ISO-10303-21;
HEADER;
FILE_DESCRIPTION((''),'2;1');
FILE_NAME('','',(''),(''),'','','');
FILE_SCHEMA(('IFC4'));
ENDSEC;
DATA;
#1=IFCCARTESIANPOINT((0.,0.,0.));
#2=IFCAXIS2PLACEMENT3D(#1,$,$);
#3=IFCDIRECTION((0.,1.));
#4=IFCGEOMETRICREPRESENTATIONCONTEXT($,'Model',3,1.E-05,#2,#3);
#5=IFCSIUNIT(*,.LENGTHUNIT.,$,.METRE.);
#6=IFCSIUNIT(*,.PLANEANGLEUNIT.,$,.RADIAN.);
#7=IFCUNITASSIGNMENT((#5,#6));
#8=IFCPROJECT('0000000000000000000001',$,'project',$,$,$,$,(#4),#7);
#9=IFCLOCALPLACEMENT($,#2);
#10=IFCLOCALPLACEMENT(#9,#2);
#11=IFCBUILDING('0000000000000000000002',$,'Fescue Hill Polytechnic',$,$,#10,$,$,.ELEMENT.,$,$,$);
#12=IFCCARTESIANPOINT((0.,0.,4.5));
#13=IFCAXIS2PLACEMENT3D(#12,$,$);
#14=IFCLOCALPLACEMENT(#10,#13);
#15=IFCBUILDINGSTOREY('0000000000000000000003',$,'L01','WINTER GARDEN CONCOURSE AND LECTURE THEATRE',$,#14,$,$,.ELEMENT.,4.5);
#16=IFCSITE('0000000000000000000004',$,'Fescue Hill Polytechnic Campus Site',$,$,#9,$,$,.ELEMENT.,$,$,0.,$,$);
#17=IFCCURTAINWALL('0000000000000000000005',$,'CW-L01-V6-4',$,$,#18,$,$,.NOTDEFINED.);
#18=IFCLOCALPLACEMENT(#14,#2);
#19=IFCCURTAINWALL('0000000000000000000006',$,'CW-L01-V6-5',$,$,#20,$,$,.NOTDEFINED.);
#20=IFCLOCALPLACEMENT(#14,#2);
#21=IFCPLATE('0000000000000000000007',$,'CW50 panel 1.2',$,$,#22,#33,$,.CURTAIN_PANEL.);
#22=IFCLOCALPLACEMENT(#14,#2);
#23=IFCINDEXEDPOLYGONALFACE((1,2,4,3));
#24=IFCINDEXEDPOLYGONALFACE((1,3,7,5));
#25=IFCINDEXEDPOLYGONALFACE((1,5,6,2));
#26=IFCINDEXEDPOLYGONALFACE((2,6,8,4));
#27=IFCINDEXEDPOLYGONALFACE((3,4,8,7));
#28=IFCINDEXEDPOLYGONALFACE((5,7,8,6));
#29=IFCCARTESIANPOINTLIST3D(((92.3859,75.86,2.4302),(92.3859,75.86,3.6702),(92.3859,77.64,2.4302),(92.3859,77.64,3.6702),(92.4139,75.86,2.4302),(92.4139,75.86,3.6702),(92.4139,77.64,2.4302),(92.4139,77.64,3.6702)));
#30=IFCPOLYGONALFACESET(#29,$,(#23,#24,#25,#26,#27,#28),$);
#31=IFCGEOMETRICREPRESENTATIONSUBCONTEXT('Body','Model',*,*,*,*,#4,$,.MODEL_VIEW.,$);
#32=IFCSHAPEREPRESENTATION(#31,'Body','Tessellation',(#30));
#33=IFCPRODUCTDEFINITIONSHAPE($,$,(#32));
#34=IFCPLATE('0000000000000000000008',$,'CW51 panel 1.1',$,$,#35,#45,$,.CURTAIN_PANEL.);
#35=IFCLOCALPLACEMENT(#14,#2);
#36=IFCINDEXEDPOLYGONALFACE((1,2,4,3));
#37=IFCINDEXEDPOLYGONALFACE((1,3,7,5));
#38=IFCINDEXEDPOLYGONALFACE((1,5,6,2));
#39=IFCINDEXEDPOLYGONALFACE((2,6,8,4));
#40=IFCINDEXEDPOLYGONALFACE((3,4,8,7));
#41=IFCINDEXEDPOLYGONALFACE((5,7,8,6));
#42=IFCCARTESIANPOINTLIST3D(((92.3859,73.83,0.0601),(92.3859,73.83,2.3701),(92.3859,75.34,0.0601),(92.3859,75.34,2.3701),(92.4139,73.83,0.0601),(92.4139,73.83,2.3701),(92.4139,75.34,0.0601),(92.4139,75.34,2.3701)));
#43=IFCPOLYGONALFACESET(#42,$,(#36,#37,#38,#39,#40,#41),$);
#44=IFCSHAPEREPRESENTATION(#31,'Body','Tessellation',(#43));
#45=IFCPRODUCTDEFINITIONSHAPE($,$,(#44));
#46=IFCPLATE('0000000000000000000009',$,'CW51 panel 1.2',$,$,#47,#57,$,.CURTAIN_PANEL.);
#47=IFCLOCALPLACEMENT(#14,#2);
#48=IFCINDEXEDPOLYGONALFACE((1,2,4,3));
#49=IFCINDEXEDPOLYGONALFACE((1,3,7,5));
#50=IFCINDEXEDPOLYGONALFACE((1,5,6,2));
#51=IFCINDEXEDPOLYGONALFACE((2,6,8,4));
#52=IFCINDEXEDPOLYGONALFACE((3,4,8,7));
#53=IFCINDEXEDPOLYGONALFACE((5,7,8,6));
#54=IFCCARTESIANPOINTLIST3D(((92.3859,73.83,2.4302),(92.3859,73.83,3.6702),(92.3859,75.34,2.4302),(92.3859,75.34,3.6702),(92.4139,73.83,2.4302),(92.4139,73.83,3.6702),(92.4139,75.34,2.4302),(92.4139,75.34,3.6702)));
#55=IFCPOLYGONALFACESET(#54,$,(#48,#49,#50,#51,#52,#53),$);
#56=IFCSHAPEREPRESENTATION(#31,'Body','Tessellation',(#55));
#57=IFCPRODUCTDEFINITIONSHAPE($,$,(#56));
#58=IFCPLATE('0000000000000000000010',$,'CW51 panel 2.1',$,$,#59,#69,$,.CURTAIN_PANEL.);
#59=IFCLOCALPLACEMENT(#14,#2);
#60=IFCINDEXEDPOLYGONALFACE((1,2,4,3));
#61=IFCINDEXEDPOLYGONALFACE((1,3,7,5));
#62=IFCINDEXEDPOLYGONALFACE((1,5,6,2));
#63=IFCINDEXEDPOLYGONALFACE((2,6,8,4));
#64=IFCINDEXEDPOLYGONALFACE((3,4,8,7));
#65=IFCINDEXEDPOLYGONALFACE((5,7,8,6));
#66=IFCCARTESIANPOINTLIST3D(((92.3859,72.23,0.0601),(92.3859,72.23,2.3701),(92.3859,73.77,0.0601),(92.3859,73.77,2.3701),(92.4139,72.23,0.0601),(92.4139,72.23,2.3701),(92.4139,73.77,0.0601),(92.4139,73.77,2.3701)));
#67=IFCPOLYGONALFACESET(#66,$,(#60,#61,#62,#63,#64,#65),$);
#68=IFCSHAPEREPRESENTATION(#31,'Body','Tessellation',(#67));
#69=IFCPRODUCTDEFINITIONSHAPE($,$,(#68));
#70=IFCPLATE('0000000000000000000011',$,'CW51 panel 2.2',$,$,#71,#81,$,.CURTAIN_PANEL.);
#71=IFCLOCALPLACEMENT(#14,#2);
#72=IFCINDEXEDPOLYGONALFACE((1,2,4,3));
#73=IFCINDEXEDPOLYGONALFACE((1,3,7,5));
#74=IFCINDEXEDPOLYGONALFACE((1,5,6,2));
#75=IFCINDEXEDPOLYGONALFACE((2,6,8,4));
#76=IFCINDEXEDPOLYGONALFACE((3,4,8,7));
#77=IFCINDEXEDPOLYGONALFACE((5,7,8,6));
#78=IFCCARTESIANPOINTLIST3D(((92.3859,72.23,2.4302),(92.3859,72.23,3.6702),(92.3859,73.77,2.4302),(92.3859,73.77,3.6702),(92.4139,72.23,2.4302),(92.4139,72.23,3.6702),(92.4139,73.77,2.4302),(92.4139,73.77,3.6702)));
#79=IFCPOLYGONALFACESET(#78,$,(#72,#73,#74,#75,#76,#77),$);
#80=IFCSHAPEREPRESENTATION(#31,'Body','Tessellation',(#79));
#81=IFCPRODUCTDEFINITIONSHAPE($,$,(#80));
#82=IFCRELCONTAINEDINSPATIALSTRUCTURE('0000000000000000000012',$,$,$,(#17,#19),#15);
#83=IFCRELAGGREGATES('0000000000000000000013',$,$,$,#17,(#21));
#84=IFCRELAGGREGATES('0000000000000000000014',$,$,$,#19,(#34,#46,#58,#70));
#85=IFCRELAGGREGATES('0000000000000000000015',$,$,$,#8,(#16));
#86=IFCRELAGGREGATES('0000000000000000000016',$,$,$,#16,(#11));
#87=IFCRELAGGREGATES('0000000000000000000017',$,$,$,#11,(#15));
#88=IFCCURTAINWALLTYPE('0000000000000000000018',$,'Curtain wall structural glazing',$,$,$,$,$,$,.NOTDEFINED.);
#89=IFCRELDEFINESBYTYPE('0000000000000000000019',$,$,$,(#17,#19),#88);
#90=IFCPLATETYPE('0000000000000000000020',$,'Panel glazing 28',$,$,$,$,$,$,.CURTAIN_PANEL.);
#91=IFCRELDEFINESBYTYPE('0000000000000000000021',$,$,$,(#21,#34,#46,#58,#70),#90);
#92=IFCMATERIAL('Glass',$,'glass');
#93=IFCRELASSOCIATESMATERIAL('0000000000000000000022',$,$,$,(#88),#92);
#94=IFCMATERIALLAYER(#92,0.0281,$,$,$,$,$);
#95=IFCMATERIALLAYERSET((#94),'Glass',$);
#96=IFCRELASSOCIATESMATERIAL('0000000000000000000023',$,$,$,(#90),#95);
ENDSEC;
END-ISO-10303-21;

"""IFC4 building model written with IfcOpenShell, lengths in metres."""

from ifc_helpers import new_model, si_unit, direction, frame, origin, origin_2d, place, context, subcontext, project, spatial, rectangle, extrude, material, layer, layer_set, type_object, element, aggregate, save


model = new_model("IFC4")

# Units and contexts
model_context = context("Model", 3, precision=1e-05, world=origin(), true_north=direction((0.0, 1.0)))
body_context = subcontext(model_context, "Body", "Model", "MODEL_VIEW")
ifc_project = project(units=[si_unit("LENGTHUNIT", "METRE"), si_unit("PLANEANGLEUNIT", "RADIAN")], contexts=[model_context])

# Site, building, storey
site_placement = place(None, origin())
site = spatial("IfcSite", under=ifc_project, at=site_placement, Name="Fescue Hill Polytechnic Campus Site", CompositionType="ELEMENT", RefElevation=0.0)
building_placement = place(site_placement, origin())
building = spatial("IfcBuilding", under=site, at=building_placement, Name="Fescue Hill Polytechnic", CompositionType="ELEMENT")
storey_placement = place(building_placement, frame((0.0, 0.0, 4.5)))
storey = spatial("IfcBuildingStorey", under=building, at=storey_placement, Name="L01", Description="WINTER GARDEN CONCOURSE AND LECTURE THEATRE", CompositionType="ELEMENT", Elevation=4.5)

# Curtain walls
ifc_material_1 = material(Name="Glass", Category="glass")
curtain_wall_type = type_object("IfcCurtainWallType", Name="Curtain wall structural glazing", PredefinedType="NOTDEFINED", material=ifc_material_1)
curtain_wall_1_placement = place(storey_placement, origin())
curtain_wall_1 = element("IfcCurtainWall", 1, at=curtain_wall_1_placement, inside=storey, type_object=curtain_wall_type, Name="CW-L01-V6-4", PredefinedType="NOTDEFINED")
curtain_wall_2_placement = place(storey_placement, origin())
curtain_wall_2 = element("IfcCurtainWall", 2, at=curtain_wall_2_placement, inside=storey, type_object=curtain_wall_type, Name="CW-L01-V6-5", PredefinedType="NOTDEFINED")

# Plates
ifc_layer = layer(ifc_material_1, 0.0281)
ifc_layer_set = layer_set([ifc_layer], Name="Glass")
plate_type = type_object("IfcPlateType", Name="Panel glazing 28", PredefinedType="CURTAIN_PANEL", material=ifc_layer_set)
plate_1_placement = place(storey_placement, frame((92.3999, 76.75, 2.4302), z_axis=(0.0, 0.0, 1.0), x_axis=(0.0, -1.0, 0.0)))
plate_1 = element("IfcPlate", 3, at=plate_1_placement, type_object=plate_type, Name="CW50 panel 1.2", PredefinedType="CURTAIN_PANEL", context=body_context, shape_type="SweptSolid", body=[
    extrude(rectangle(XDim=1.78, YDim=0.0281, at=origin_2d()), origin(), (0.0, 0.0, 1.0), 1.24),
])
aggregate(curtain_wall_1, [plate_1])
plate_2_placement = place(storey_placement, frame((92.3999, 74.585, 0.0601), z_axis=(0.0, 0.0, 1.0), x_axis=(0.0, -1.0, 0.0)))
plate_2 = element("IfcPlate", 4, at=plate_2_placement, type_object=plate_type, Name="CW51 panel 1.1", PredefinedType="CURTAIN_PANEL", context=body_context, shape_type="SweptSolid", body=[
    extrude(rectangle(XDim=1.51, YDim=0.0281, at=origin_2d()), origin(), (0.0, 0.0, 1.0), 2.3101),
])
plate_3_placement = place(storey_placement, frame((92.3999, 74.585, 2.4302), z_axis=(0.0, 0.0, 1.0), x_axis=(0.0, -1.0, 0.0)))
plate_3 = element("IfcPlate", 5, at=plate_3_placement, type_object=plate_type, Name="CW51 panel 1.2", PredefinedType="CURTAIN_PANEL", context=body_context, shape_type="SweptSolid", body=[
    extrude(rectangle(XDim=1.51, YDim=0.0281, at=origin_2d()), origin(), (0.0, 0.0, 1.0), 1.24),
])
plate_4_placement = place(storey_placement, frame((92.3999, 73.0, 0.0601), z_axis=(0.0, 0.0, 1.0), x_axis=(0.0, -1.0, 0.0)))
plate_4 = element("IfcPlate", 6, at=plate_4_placement, type_object=plate_type, Name="CW51 panel 2.1", PredefinedType="CURTAIN_PANEL", context=body_context, shape_type="SweptSolid", body=[
    extrude(rectangle(XDim=1.54, YDim=0.0281, at=origin_2d()), origin(), (0.0, 0.0, 1.0), 2.3101),
])
plate_5_placement = place(storey_placement, frame((92.3999, 73.0, 2.4302), z_axis=(0.0, 0.0, 1.0), x_axis=(0.0, -1.0, 0.0)))
plate_5 = element("IfcPlate", 7, at=plate_5_placement, type_object=plate_type, Name="CW51 panel 2.2", PredefinedType="CURTAIN_PANEL", context=body_context, shape_type="SweptSolid", body=[
    extrude(rectangle(XDim=1.54, YDim=0.0281, at=origin_2d()), origin(), (0.0, 0.0, 1.0), 1.24),
])
aggregate(curtain_wall_2, [plate_2, plate_3, plate_4, plate_5])

save(model, "model.ifc")
